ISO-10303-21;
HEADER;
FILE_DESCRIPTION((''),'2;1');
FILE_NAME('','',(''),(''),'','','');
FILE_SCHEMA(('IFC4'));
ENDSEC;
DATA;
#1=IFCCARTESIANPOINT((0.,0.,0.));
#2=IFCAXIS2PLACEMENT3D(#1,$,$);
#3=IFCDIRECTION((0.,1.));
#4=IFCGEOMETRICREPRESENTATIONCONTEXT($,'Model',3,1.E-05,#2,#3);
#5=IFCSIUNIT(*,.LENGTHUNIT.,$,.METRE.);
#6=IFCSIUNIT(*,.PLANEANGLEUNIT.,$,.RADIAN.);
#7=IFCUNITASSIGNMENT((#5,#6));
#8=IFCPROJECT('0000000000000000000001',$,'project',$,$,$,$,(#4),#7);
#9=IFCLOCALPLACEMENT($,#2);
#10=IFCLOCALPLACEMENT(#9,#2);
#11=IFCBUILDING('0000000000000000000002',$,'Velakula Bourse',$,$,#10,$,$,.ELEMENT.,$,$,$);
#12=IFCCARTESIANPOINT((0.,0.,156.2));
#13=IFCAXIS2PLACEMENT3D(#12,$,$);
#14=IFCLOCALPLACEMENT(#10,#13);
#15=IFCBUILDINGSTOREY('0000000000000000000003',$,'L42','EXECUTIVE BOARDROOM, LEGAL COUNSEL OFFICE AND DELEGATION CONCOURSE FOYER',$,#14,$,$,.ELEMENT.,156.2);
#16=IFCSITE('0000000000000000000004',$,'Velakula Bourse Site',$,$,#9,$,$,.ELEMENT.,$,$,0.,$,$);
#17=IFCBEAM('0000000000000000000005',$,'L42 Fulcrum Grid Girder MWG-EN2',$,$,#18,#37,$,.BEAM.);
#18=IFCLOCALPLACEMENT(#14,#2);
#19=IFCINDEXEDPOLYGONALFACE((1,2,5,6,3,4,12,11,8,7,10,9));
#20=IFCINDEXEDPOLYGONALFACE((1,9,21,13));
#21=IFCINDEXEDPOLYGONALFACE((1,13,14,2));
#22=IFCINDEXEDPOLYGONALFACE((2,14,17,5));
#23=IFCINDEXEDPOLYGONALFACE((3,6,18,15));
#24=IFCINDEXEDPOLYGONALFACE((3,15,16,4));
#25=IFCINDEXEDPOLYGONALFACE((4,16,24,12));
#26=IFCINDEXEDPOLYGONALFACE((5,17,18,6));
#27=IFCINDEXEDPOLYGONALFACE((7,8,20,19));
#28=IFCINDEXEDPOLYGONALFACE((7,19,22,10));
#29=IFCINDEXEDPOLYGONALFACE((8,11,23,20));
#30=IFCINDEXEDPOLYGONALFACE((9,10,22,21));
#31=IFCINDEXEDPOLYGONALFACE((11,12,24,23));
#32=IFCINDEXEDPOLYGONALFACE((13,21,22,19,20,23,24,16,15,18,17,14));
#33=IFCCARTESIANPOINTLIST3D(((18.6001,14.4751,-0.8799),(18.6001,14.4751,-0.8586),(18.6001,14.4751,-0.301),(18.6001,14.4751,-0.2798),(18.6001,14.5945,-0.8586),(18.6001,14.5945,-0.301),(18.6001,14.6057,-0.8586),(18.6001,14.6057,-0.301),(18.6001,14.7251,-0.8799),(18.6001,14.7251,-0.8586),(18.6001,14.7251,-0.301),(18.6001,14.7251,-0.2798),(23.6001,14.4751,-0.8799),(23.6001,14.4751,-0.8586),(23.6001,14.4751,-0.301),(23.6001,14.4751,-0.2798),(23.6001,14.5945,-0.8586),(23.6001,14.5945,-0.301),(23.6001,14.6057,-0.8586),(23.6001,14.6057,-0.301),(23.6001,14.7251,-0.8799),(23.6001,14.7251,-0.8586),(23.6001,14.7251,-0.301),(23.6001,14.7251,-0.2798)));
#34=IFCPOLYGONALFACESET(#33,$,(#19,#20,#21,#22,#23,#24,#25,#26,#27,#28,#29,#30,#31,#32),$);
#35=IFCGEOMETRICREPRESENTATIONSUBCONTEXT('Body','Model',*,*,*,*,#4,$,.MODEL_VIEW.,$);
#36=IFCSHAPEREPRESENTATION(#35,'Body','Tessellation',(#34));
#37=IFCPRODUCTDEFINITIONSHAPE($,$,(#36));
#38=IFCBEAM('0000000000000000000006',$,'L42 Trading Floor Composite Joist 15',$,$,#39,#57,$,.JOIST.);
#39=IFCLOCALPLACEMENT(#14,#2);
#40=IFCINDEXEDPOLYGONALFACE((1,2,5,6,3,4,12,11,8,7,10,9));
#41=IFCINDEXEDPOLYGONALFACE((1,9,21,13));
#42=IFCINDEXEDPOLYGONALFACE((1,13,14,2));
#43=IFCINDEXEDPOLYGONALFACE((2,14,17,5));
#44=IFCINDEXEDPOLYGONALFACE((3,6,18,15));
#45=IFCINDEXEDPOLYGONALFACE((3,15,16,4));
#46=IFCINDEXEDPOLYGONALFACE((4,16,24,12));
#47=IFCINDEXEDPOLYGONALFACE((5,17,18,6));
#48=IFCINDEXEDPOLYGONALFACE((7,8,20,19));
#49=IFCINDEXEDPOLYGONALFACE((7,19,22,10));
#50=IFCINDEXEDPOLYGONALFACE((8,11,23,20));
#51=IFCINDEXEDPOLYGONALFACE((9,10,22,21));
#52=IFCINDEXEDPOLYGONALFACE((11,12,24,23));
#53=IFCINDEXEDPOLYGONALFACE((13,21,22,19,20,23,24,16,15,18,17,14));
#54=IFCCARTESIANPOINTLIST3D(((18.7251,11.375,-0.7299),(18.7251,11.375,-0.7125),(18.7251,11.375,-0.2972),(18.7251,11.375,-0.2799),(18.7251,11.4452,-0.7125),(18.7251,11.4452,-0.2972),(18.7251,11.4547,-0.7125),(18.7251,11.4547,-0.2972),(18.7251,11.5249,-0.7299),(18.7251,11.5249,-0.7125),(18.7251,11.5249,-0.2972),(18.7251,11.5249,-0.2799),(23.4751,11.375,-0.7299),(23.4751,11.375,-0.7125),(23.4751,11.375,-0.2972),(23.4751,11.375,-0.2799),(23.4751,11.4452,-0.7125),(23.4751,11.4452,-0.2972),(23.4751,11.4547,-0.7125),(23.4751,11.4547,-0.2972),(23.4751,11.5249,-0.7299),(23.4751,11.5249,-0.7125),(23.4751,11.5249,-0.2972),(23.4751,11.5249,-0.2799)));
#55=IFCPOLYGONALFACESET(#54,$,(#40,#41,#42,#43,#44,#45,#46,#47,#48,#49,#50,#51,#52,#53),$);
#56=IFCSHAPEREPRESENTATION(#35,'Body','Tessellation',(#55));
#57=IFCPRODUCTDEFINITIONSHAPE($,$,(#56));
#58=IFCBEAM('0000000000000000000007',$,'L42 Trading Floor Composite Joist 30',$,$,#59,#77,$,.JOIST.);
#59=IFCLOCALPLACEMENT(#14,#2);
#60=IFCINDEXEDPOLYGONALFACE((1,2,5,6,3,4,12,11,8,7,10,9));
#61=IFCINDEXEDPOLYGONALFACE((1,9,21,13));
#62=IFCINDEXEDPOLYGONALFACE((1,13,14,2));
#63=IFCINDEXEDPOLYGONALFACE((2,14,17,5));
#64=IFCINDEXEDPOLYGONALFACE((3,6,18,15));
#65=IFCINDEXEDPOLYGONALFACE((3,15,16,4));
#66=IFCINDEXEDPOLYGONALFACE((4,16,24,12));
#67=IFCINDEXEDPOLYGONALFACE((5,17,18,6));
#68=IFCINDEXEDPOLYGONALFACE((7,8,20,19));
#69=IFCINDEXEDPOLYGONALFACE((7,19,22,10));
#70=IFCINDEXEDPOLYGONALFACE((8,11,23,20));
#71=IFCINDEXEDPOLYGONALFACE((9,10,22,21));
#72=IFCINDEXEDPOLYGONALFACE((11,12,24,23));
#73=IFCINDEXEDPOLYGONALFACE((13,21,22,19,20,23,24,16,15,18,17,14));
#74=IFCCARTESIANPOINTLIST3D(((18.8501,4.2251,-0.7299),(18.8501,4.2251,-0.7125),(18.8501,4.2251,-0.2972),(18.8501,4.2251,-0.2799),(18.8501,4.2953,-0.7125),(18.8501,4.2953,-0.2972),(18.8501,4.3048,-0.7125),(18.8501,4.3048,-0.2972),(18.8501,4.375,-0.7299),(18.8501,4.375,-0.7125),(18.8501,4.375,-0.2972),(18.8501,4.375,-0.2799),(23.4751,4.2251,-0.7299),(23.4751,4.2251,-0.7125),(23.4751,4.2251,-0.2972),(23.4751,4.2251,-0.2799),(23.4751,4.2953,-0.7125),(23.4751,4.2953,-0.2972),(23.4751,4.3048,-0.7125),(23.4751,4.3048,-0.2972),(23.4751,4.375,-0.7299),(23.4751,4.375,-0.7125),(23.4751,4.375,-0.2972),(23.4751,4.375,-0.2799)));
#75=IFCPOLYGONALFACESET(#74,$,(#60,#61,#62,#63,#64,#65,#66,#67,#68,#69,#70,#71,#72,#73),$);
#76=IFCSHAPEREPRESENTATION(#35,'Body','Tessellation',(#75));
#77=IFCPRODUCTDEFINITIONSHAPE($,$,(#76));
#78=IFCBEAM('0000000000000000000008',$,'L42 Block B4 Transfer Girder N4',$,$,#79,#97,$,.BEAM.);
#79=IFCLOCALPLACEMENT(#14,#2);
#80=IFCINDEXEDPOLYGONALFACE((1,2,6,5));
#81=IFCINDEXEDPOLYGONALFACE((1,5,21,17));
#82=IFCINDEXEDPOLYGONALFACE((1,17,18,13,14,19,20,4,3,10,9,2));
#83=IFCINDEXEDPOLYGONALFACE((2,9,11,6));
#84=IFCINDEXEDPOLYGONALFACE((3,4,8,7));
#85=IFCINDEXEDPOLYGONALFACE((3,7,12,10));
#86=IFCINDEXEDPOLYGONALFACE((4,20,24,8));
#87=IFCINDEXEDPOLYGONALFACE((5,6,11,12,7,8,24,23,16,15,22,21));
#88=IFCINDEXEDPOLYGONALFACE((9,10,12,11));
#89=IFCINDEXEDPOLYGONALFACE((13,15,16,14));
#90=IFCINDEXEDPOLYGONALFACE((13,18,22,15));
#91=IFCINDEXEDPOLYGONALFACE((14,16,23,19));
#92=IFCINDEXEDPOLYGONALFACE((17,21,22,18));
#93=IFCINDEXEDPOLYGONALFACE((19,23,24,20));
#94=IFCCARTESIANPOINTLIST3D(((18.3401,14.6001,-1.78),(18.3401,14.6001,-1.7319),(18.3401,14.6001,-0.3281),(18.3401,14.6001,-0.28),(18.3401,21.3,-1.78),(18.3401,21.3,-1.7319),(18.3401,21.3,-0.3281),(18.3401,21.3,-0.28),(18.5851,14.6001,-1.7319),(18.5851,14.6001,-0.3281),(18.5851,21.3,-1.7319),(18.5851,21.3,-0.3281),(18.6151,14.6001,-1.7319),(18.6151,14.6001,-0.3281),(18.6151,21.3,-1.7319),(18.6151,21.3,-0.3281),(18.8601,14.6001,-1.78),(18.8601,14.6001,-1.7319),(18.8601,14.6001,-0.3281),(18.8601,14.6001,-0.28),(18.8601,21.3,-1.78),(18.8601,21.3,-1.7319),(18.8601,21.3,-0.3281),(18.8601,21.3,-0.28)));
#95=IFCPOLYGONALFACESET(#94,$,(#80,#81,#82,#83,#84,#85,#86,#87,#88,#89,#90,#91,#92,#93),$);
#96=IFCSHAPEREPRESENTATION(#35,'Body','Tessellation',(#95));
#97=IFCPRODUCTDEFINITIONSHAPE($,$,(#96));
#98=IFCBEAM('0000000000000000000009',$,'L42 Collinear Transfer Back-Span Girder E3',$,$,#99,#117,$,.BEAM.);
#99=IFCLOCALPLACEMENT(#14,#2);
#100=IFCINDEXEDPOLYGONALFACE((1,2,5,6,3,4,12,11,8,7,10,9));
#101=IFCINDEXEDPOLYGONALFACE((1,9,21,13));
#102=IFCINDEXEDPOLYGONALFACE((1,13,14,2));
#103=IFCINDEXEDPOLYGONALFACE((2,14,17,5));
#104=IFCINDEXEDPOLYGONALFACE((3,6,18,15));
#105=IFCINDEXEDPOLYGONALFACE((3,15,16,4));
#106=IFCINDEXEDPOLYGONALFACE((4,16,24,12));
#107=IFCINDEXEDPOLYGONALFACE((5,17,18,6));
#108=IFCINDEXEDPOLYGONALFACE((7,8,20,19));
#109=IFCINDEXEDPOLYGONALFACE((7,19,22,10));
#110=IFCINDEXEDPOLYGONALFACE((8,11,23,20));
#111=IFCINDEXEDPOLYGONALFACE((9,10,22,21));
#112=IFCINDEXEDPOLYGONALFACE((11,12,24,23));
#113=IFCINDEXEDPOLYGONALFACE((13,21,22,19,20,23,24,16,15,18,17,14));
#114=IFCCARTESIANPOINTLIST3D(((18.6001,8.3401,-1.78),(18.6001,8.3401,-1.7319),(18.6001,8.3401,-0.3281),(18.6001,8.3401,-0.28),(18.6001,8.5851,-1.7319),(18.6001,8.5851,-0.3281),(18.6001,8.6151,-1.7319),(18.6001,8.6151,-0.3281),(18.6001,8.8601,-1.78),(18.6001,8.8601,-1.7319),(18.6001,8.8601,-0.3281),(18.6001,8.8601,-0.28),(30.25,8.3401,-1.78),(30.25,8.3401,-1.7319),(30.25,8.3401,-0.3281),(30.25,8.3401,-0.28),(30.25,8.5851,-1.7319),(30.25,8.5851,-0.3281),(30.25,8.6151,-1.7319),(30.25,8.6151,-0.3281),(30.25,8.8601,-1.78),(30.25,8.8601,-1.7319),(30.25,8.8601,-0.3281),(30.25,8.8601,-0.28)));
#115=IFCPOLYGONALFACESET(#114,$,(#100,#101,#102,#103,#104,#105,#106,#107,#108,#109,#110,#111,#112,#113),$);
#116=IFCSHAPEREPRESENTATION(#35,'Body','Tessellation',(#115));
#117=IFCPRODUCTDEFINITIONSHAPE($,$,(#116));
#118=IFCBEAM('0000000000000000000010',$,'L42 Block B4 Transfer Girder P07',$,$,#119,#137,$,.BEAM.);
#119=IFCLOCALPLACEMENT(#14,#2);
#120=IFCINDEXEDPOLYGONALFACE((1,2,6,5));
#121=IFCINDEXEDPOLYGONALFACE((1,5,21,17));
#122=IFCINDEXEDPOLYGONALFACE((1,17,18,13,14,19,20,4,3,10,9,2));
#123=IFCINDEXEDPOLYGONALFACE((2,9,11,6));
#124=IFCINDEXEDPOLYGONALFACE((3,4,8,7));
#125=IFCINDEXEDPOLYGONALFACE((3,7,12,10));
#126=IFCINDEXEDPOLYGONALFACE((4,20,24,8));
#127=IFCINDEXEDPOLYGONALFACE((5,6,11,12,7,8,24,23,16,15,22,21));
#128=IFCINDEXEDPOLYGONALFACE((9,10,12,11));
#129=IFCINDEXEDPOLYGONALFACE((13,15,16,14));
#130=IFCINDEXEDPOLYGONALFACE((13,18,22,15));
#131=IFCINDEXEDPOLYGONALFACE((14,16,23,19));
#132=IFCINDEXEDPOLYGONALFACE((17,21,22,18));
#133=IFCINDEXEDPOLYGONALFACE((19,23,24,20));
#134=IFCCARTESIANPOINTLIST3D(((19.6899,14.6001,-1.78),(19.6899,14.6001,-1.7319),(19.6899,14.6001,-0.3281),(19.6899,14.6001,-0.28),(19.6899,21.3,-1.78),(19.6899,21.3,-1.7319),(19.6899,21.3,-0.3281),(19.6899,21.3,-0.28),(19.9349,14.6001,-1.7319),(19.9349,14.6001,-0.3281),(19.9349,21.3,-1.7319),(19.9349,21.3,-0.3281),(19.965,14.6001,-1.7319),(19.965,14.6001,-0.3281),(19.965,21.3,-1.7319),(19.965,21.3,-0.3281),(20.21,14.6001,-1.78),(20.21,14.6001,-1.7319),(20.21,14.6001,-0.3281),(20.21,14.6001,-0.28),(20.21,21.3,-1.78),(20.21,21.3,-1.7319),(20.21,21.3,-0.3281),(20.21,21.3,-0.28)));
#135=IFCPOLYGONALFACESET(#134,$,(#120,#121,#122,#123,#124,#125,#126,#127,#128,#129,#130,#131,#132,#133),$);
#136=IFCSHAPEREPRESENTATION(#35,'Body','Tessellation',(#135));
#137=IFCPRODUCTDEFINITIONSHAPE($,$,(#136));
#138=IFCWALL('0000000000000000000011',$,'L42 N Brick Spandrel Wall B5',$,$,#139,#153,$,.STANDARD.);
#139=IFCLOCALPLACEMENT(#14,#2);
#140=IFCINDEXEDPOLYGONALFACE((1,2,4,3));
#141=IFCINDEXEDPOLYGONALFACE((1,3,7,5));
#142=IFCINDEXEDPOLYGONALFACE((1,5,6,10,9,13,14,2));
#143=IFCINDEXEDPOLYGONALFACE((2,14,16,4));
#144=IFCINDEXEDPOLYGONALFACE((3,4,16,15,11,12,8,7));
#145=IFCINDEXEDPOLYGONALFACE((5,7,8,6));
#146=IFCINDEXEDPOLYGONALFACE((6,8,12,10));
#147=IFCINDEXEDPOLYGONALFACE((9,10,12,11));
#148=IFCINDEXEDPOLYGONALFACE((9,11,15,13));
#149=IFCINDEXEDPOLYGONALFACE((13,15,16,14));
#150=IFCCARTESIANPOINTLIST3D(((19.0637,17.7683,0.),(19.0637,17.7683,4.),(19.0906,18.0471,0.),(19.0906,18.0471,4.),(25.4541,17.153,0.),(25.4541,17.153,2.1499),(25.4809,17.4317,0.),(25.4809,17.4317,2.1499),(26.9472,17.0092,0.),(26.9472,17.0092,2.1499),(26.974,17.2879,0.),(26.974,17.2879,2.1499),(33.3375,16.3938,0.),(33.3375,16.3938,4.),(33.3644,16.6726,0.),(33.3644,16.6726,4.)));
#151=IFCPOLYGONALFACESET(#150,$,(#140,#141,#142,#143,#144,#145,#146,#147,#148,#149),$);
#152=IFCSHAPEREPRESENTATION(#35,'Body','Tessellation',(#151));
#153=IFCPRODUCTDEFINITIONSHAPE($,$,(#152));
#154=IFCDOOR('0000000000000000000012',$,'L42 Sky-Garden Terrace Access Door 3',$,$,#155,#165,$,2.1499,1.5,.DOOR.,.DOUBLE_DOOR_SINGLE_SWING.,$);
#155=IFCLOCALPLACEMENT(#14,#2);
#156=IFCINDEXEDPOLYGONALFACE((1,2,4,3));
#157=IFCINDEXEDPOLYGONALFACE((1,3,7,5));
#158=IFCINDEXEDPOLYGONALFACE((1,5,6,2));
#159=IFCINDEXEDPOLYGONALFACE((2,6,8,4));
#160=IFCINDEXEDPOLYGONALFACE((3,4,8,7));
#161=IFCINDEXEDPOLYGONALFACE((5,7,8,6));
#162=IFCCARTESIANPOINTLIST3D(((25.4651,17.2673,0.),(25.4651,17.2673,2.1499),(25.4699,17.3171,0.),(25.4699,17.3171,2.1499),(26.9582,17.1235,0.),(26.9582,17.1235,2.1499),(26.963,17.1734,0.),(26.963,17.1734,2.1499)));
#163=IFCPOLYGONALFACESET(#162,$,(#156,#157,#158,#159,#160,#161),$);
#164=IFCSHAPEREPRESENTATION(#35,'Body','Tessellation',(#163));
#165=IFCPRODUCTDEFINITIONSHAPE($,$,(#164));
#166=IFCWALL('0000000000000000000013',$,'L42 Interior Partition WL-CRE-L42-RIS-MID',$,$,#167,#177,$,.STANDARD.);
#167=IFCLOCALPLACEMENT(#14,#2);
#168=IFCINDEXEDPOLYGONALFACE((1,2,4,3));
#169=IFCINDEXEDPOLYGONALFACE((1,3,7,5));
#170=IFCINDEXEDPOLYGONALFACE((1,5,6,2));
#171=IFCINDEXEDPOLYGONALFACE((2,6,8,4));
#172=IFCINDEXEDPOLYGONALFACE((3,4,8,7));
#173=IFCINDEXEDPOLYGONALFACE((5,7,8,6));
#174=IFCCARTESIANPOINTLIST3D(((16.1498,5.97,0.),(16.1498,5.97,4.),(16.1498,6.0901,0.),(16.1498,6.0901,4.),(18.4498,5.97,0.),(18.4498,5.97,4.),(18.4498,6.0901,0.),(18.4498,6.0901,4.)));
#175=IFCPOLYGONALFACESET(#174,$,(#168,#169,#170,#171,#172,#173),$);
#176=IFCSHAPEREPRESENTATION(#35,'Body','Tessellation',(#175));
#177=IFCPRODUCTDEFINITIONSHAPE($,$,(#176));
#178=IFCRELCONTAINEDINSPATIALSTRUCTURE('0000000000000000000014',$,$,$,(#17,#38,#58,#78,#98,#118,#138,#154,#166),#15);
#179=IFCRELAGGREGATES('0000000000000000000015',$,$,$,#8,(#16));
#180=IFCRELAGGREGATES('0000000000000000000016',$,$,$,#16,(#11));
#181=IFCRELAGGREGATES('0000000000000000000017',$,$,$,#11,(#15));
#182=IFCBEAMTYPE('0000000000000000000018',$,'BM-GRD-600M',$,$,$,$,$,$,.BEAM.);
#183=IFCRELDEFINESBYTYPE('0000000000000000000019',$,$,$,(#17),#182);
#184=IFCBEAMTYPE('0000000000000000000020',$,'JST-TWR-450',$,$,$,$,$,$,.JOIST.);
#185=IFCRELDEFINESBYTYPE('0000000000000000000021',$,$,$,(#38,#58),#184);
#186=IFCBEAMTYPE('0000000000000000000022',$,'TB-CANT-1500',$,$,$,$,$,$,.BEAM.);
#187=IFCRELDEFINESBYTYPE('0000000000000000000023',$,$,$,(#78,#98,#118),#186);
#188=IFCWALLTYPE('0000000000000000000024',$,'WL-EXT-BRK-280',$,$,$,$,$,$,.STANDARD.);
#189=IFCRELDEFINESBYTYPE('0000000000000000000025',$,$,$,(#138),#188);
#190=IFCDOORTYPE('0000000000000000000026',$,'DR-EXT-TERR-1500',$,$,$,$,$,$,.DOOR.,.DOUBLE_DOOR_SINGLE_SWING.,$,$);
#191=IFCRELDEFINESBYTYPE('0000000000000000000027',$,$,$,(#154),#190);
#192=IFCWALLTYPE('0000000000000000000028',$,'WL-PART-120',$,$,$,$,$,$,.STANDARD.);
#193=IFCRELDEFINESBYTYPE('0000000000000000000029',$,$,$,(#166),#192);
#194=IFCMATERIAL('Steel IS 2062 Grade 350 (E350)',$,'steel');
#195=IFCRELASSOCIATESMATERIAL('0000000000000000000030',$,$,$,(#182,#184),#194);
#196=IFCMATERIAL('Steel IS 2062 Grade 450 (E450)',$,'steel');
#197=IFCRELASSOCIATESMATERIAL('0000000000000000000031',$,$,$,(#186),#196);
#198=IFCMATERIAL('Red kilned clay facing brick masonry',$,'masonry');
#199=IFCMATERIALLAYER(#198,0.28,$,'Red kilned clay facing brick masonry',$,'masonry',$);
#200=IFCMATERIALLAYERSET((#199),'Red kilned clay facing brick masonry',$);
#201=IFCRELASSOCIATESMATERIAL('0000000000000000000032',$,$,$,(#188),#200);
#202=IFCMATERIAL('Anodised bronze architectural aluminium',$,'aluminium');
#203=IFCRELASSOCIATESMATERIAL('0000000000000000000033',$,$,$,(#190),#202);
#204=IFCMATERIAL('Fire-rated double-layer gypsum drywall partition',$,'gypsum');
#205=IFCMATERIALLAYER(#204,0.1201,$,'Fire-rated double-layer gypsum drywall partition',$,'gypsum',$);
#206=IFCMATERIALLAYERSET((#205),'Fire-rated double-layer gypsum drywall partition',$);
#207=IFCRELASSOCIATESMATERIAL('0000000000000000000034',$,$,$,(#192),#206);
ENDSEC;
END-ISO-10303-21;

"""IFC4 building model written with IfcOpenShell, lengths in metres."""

from ifc_helpers import new_model, si_unit, direction, frame, frame_2d, origin, origin_2d, place, context, subcontext, project, spatial, rectangle, i_section, extrude, material, layer, layer_set, material_profile, profile_set, type_object, element, fill, save


model = new_model("IFC4")

# Units and contexts
model_context = context("Model", 3, precision=1e-05, world=origin(), true_north=direction((0.0, 1.0)))
body_context = subcontext(model_context, "Body", "Model", "MODEL_VIEW")
ifc_project = project(units=[si_unit("LENGTHUNIT", "METRE"), si_unit("PLANEANGLEUNIT", "RADIAN")], contexts=[model_context])

# Site, building, storey
site_placement = place(None, origin())
site = spatial("IfcSite", under=ifc_project, at=site_placement, Name="Velakula Bourse Site", CompositionType="ELEMENT", RefElevation=0.0)
building_placement = place(site_placement, origin())
building = spatial("IfcBuilding", under=site, at=building_placement, Name="Velakula Bourse", CompositionType="ELEMENT")
storey_placement = place(building_placement, frame((0.0, 0.0, 156.2)))
storey = spatial("IfcBuildingStorey", under=building, at=storey_placement, Name="L42", Description="EXECUTIVE BOARDROOM, LEGAL COUNSEL OFFICE AND DELEGATION CONCOURSE FOYER", CompositionType="ELEMENT", Elevation=156.2)

# Shared definitions
ifc_material_1 = material(Name="Steel IS 2062 Grade 350 (E350)", Category="steel")

# Beams
ifc_material_profile_1 = material_profile(ifc_material_1, i_section(OverallWidth=0.25, OverallDepth=0.6001, WebThickness=0.0112, FlangeThickness=0.0212, at=origin_2d()), Name="Steel IS 2062 Grade 350 (E350)")
ifc_profile_set_1 = profile_set([ifc_material_profile_1], Name="Steel IS 2062 Grade 350 (E350)")
beam_type_1 = type_object("IfcBeamType", Name="BM-GRD-600M", PredefinedType="BEAM", material=ifc_profile_set_1)
beam_1_placement = place(storey_placement, frame((18.6001, 14.6001, -0.5798), z_axis=(1.0, 0.0, 0.0), x_axis=(0.0, 1.0, 0.0)))
element("IfcBeam", 1, at=beam_1_placement, inside=storey, type_object=beam_type_1, Name="L42 Fulcrum Grid Girder MWG-EN2", PredefinedType="BEAM", context=body_context, shape_type="SweptSolid", body=[
    extrude(i_section(OverallWidth=0.25, OverallDepth=0.6001, WebThickness=0.0112, FlangeThickness=0.0212, at=origin_2d()), origin(), (0.0, 0.0, 1.0), 5.0),
])
ifc_material_profile_2 = material_profile(ifc_material_1, i_section(OverallWidth=0.1499, OverallDepth=0.45, WebThickness=0.0095, FlangeThickness=0.0173, at=origin_2d()), Name="Steel IS 2062 Grade 350 (E350)")
ifc_profile_set_2 = profile_set([ifc_material_profile_2], Name="Steel IS 2062 Grade 350 (E350)")
beam_type_2 = type_object("IfcBeamType", Name="JST-TWR-450", PredefinedType="JOIST", material=ifc_profile_set_2)
beam_2_placement = place(storey_placement, frame((18.7251, 11.45, -0.5049), z_axis=(1.0, 0.0, 0.0), x_axis=(0.0, 1.0, 0.0)))
element("IfcBeam", 2, at=beam_2_placement, inside=storey, type_object=beam_type_2, Name="L42 Trading Floor Composite Joist 15", PredefinedType="JOIST", context=body_context, shape_type="SweptSolid", body=[
    extrude(i_section(OverallWidth=0.1499, OverallDepth=0.45, WebThickness=0.0095, FlangeThickness=0.0173, at=origin_2d()), origin(), (0.0, 0.0, 1.0), 4.75),
])
beam_3_placement = place(storey_placement, frame((18.8501, 4.3, -0.5049), z_axis=(1.0, 0.0, 0.0), x_axis=(0.0, 1.0, 0.0)))
element("IfcBeam", 3, at=beam_3_placement, inside=storey, type_object=beam_type_2, Name="L42 Trading Floor Composite Joist 30", PredefinedType="JOIST", context=body_context, shape_type="SweptSolid", body=[
    extrude(i_section(OverallWidth=0.1499, OverallDepth=0.45, WebThickness=0.0095, FlangeThickness=0.0173, at=origin_2d()), origin(), (0.0, 0.0, 1.0), 4.625),
])
ifc_material_2 = material(Name="Steel IS 2062 Grade 450 (E450)", Category="steel")
ifc_material_profile_3 = material_profile(ifc_material_2, i_section(OverallWidth=0.52, OverallDepth=1.5, WebThickness=0.03, FlangeThickness=0.0481, at=origin_2d()), Name="Steel IS 2062 Grade 450 (E450)")
ifc_profile_set_3 = profile_set([ifc_material_profile_3], Name="Steel IS 2062 Grade 450 (E450)")
beam_type_3 = type_object("IfcBeamType", Name="TB-CANT-1500", PredefinedType="BEAM", material=ifc_profile_set_3)
beam_4_placement = place(storey_placement, frame((18.6001, 14.6001, -1.03), z_axis=(0.0, 1.0, 0.0), x_axis=(-1.0, 0.0, 0.0)))
element("IfcBeam", 4, at=beam_4_placement, inside=storey, type_object=beam_type_3, Name="L42 Block B4 Transfer Girder N4", PredefinedType="BEAM", context=body_context, shape_type="SweptSolid", body=[
    extrude(i_section(OverallWidth=0.52, OverallDepth=1.5, WebThickness=0.03, FlangeThickness=0.0481, at=origin_2d()), origin(), (0.0, 0.0, 1.0), 6.7),
])
beam_5_placement = place(storey_placement, frame((18.6001, 8.6001, -1.03), z_axis=(1.0, 0.0, 0.0), x_axis=(0.0, 1.0, 0.0)))
element("IfcBeam", 5, at=beam_5_placement, inside=storey, type_object=beam_type_3, Name="L42 Collinear Transfer Back-Span Girder E3", PredefinedType="BEAM", context=body_context, shape_type="SweptSolid", body=[
    extrude(i_section(OverallWidth=0.52, OverallDepth=1.5, WebThickness=0.03, FlangeThickness=0.0481, at=origin_2d()), origin(), (0.0, 0.0, 1.0), 11.6499),
])
beam_6_placement = place(storey_placement, frame((19.95, 14.6001, -1.03), z_axis=(0.0, 1.0, 0.0), x_axis=(-1.0, 0.0, 0.0)))
element("IfcBeam", 6, at=beam_6_placement, inside=storey, type_object=beam_type_3, Name="L42 Block B4 Transfer Girder P07", PredefinedType="BEAM", context=body_context, shape_type="SweptSolid", body=[
    extrude(i_section(OverallWidth=0.52, OverallDepth=1.5, WebThickness=0.03, FlangeThickness=0.0481, at=origin_2d()), origin(), (0.0, 0.0, 1.0), 6.7),
])

# Wall, opening, door
ifc_material_3 = material(Name="Red kilned clay facing brick masonry", Category="masonry")
ifc_layer_1 = layer(ifc_material_3, 0.28, Name="Red kilned clay facing brick masonry", Category="masonry")
ifc_layer_set_1 = layer_set([ifc_layer_1], Name="Red kilned clay facing brick masonry")
wall_type_1 = type_object("IfcWallType", Name="WL-EXT-BRK-280", PredefinedType="STANDARD", material=ifc_layer_set_1)
wall_1_placement = place(storey_placement, frame((19.0771, 17.9077, 0.0), z_axis=(0.0, 0.0, 1.0), x_axis=(0.995396, -0.095852, 0.0)))
wall_1 = element("IfcWall", 7, at=wall_1_placement, inside=storey, type_object=wall_type_1, Name="L42 N Brick Spandrel Wall B5", PredefinedType="STANDARD", context=body_context, shape_type="SweptSolid", body=[
    extrude(rectangle(XDim=14.3398, YDim=0.28, at=frame_2d((7.1699, 0.0))), origin(), (0.0, 0.0, 1.0), 4.0),
])
opening_1_placement = place(wall_1_placement, frame((6.4199, 0.0, 0.0)))
opening_1 = element("IfcOpeningElement", 8, at=opening_1_placement, cuts=wall_1, PredefinedType="OPENING", context=body_context, shape_type="SweptSolid", body=[
    extrude(rectangle(XDim=1.5, YDim=2.1499, at=frame_2d((0.75, 1.075))), frame((0.0, 0.1499, 0.0), z_axis=(0.0, -1.0, 0.0), x_axis=(1.0, 0.0, 0.0)), (0.0, 0.0, 1.0), 0.3),
])
ifc_material_4 = material(Name="Anodised bronze architectural aluminium", Category="aluminium")
door_type_1 = type_object("IfcDoorType", Name="DR-EXT-TERR-1500", OperationType="DOUBLE_DOOR_SINGLE_SWING", PredefinedType="DOOR", material=ifc_material_4)
door_1_placement = place(opening_1_placement, origin())
door_1 = element("IfcDoor", 9, at=door_1_placement, inside=storey, type_object=door_type_1, Name="L42 Sky-Garden Terrace Access Door 3", OperationType="DOUBLE_DOOR_SINGLE_SWING", OverallHeight=2.1499, OverallWidth=1.5, PredefinedType="DOOR", context=body_context, shape_type="SweptSolid", body=[
    extrude(rectangle(XDim=1.5, YDim=2.1499, at=frame_2d((0.75, 1.075))), frame((0.0, 0.0249, 0.0), z_axis=(0.0, -1.0, 0.0), x_axis=(1.0, 0.0, 0.0)), (0.0, 0.0, 1.0), 0.05),
])
fill(opening_1, door_1)

# Wall
ifc_material_5 = material(Name="Fire-rated double-layer gypsum drywall partition", Category="gypsum")
ifc_layer_2 = layer(ifc_material_5, 0.1201, Name="Fire-rated double-layer gypsum drywall partition", Category="gypsum")
ifc_layer_set_2 = layer_set([ifc_layer_2], Name="Fire-rated double-layer gypsum drywall partition")
wall_type_2 = type_object("IfcWallType", Name="WL-PART-120", PredefinedType="STANDARD", material=ifc_layer_set_2)
wall_2_placement = place(storey_placement, frame((16.1499, 6.03, 0.0), z_axis=(0.0, 0.0, 1.0), x_axis=(1.0, 0.0, 0.0)))
element("IfcWall", 10, at=wall_2_placement, inside=storey, type_object=wall_type_2, Name="L42 Interior Partition WL-CRE-L42-RIS-MID", PredefinedType="STANDARD", context=body_context, shape_type="SweptSolid", body=[
    extrude(rectangle(XDim=2.3, YDim=0.1201, at=frame_2d((1.1499, 0.0))), origin(), (0.0, 0.0, 1.0), 4.0),
])

save(model, "model.ifc")
